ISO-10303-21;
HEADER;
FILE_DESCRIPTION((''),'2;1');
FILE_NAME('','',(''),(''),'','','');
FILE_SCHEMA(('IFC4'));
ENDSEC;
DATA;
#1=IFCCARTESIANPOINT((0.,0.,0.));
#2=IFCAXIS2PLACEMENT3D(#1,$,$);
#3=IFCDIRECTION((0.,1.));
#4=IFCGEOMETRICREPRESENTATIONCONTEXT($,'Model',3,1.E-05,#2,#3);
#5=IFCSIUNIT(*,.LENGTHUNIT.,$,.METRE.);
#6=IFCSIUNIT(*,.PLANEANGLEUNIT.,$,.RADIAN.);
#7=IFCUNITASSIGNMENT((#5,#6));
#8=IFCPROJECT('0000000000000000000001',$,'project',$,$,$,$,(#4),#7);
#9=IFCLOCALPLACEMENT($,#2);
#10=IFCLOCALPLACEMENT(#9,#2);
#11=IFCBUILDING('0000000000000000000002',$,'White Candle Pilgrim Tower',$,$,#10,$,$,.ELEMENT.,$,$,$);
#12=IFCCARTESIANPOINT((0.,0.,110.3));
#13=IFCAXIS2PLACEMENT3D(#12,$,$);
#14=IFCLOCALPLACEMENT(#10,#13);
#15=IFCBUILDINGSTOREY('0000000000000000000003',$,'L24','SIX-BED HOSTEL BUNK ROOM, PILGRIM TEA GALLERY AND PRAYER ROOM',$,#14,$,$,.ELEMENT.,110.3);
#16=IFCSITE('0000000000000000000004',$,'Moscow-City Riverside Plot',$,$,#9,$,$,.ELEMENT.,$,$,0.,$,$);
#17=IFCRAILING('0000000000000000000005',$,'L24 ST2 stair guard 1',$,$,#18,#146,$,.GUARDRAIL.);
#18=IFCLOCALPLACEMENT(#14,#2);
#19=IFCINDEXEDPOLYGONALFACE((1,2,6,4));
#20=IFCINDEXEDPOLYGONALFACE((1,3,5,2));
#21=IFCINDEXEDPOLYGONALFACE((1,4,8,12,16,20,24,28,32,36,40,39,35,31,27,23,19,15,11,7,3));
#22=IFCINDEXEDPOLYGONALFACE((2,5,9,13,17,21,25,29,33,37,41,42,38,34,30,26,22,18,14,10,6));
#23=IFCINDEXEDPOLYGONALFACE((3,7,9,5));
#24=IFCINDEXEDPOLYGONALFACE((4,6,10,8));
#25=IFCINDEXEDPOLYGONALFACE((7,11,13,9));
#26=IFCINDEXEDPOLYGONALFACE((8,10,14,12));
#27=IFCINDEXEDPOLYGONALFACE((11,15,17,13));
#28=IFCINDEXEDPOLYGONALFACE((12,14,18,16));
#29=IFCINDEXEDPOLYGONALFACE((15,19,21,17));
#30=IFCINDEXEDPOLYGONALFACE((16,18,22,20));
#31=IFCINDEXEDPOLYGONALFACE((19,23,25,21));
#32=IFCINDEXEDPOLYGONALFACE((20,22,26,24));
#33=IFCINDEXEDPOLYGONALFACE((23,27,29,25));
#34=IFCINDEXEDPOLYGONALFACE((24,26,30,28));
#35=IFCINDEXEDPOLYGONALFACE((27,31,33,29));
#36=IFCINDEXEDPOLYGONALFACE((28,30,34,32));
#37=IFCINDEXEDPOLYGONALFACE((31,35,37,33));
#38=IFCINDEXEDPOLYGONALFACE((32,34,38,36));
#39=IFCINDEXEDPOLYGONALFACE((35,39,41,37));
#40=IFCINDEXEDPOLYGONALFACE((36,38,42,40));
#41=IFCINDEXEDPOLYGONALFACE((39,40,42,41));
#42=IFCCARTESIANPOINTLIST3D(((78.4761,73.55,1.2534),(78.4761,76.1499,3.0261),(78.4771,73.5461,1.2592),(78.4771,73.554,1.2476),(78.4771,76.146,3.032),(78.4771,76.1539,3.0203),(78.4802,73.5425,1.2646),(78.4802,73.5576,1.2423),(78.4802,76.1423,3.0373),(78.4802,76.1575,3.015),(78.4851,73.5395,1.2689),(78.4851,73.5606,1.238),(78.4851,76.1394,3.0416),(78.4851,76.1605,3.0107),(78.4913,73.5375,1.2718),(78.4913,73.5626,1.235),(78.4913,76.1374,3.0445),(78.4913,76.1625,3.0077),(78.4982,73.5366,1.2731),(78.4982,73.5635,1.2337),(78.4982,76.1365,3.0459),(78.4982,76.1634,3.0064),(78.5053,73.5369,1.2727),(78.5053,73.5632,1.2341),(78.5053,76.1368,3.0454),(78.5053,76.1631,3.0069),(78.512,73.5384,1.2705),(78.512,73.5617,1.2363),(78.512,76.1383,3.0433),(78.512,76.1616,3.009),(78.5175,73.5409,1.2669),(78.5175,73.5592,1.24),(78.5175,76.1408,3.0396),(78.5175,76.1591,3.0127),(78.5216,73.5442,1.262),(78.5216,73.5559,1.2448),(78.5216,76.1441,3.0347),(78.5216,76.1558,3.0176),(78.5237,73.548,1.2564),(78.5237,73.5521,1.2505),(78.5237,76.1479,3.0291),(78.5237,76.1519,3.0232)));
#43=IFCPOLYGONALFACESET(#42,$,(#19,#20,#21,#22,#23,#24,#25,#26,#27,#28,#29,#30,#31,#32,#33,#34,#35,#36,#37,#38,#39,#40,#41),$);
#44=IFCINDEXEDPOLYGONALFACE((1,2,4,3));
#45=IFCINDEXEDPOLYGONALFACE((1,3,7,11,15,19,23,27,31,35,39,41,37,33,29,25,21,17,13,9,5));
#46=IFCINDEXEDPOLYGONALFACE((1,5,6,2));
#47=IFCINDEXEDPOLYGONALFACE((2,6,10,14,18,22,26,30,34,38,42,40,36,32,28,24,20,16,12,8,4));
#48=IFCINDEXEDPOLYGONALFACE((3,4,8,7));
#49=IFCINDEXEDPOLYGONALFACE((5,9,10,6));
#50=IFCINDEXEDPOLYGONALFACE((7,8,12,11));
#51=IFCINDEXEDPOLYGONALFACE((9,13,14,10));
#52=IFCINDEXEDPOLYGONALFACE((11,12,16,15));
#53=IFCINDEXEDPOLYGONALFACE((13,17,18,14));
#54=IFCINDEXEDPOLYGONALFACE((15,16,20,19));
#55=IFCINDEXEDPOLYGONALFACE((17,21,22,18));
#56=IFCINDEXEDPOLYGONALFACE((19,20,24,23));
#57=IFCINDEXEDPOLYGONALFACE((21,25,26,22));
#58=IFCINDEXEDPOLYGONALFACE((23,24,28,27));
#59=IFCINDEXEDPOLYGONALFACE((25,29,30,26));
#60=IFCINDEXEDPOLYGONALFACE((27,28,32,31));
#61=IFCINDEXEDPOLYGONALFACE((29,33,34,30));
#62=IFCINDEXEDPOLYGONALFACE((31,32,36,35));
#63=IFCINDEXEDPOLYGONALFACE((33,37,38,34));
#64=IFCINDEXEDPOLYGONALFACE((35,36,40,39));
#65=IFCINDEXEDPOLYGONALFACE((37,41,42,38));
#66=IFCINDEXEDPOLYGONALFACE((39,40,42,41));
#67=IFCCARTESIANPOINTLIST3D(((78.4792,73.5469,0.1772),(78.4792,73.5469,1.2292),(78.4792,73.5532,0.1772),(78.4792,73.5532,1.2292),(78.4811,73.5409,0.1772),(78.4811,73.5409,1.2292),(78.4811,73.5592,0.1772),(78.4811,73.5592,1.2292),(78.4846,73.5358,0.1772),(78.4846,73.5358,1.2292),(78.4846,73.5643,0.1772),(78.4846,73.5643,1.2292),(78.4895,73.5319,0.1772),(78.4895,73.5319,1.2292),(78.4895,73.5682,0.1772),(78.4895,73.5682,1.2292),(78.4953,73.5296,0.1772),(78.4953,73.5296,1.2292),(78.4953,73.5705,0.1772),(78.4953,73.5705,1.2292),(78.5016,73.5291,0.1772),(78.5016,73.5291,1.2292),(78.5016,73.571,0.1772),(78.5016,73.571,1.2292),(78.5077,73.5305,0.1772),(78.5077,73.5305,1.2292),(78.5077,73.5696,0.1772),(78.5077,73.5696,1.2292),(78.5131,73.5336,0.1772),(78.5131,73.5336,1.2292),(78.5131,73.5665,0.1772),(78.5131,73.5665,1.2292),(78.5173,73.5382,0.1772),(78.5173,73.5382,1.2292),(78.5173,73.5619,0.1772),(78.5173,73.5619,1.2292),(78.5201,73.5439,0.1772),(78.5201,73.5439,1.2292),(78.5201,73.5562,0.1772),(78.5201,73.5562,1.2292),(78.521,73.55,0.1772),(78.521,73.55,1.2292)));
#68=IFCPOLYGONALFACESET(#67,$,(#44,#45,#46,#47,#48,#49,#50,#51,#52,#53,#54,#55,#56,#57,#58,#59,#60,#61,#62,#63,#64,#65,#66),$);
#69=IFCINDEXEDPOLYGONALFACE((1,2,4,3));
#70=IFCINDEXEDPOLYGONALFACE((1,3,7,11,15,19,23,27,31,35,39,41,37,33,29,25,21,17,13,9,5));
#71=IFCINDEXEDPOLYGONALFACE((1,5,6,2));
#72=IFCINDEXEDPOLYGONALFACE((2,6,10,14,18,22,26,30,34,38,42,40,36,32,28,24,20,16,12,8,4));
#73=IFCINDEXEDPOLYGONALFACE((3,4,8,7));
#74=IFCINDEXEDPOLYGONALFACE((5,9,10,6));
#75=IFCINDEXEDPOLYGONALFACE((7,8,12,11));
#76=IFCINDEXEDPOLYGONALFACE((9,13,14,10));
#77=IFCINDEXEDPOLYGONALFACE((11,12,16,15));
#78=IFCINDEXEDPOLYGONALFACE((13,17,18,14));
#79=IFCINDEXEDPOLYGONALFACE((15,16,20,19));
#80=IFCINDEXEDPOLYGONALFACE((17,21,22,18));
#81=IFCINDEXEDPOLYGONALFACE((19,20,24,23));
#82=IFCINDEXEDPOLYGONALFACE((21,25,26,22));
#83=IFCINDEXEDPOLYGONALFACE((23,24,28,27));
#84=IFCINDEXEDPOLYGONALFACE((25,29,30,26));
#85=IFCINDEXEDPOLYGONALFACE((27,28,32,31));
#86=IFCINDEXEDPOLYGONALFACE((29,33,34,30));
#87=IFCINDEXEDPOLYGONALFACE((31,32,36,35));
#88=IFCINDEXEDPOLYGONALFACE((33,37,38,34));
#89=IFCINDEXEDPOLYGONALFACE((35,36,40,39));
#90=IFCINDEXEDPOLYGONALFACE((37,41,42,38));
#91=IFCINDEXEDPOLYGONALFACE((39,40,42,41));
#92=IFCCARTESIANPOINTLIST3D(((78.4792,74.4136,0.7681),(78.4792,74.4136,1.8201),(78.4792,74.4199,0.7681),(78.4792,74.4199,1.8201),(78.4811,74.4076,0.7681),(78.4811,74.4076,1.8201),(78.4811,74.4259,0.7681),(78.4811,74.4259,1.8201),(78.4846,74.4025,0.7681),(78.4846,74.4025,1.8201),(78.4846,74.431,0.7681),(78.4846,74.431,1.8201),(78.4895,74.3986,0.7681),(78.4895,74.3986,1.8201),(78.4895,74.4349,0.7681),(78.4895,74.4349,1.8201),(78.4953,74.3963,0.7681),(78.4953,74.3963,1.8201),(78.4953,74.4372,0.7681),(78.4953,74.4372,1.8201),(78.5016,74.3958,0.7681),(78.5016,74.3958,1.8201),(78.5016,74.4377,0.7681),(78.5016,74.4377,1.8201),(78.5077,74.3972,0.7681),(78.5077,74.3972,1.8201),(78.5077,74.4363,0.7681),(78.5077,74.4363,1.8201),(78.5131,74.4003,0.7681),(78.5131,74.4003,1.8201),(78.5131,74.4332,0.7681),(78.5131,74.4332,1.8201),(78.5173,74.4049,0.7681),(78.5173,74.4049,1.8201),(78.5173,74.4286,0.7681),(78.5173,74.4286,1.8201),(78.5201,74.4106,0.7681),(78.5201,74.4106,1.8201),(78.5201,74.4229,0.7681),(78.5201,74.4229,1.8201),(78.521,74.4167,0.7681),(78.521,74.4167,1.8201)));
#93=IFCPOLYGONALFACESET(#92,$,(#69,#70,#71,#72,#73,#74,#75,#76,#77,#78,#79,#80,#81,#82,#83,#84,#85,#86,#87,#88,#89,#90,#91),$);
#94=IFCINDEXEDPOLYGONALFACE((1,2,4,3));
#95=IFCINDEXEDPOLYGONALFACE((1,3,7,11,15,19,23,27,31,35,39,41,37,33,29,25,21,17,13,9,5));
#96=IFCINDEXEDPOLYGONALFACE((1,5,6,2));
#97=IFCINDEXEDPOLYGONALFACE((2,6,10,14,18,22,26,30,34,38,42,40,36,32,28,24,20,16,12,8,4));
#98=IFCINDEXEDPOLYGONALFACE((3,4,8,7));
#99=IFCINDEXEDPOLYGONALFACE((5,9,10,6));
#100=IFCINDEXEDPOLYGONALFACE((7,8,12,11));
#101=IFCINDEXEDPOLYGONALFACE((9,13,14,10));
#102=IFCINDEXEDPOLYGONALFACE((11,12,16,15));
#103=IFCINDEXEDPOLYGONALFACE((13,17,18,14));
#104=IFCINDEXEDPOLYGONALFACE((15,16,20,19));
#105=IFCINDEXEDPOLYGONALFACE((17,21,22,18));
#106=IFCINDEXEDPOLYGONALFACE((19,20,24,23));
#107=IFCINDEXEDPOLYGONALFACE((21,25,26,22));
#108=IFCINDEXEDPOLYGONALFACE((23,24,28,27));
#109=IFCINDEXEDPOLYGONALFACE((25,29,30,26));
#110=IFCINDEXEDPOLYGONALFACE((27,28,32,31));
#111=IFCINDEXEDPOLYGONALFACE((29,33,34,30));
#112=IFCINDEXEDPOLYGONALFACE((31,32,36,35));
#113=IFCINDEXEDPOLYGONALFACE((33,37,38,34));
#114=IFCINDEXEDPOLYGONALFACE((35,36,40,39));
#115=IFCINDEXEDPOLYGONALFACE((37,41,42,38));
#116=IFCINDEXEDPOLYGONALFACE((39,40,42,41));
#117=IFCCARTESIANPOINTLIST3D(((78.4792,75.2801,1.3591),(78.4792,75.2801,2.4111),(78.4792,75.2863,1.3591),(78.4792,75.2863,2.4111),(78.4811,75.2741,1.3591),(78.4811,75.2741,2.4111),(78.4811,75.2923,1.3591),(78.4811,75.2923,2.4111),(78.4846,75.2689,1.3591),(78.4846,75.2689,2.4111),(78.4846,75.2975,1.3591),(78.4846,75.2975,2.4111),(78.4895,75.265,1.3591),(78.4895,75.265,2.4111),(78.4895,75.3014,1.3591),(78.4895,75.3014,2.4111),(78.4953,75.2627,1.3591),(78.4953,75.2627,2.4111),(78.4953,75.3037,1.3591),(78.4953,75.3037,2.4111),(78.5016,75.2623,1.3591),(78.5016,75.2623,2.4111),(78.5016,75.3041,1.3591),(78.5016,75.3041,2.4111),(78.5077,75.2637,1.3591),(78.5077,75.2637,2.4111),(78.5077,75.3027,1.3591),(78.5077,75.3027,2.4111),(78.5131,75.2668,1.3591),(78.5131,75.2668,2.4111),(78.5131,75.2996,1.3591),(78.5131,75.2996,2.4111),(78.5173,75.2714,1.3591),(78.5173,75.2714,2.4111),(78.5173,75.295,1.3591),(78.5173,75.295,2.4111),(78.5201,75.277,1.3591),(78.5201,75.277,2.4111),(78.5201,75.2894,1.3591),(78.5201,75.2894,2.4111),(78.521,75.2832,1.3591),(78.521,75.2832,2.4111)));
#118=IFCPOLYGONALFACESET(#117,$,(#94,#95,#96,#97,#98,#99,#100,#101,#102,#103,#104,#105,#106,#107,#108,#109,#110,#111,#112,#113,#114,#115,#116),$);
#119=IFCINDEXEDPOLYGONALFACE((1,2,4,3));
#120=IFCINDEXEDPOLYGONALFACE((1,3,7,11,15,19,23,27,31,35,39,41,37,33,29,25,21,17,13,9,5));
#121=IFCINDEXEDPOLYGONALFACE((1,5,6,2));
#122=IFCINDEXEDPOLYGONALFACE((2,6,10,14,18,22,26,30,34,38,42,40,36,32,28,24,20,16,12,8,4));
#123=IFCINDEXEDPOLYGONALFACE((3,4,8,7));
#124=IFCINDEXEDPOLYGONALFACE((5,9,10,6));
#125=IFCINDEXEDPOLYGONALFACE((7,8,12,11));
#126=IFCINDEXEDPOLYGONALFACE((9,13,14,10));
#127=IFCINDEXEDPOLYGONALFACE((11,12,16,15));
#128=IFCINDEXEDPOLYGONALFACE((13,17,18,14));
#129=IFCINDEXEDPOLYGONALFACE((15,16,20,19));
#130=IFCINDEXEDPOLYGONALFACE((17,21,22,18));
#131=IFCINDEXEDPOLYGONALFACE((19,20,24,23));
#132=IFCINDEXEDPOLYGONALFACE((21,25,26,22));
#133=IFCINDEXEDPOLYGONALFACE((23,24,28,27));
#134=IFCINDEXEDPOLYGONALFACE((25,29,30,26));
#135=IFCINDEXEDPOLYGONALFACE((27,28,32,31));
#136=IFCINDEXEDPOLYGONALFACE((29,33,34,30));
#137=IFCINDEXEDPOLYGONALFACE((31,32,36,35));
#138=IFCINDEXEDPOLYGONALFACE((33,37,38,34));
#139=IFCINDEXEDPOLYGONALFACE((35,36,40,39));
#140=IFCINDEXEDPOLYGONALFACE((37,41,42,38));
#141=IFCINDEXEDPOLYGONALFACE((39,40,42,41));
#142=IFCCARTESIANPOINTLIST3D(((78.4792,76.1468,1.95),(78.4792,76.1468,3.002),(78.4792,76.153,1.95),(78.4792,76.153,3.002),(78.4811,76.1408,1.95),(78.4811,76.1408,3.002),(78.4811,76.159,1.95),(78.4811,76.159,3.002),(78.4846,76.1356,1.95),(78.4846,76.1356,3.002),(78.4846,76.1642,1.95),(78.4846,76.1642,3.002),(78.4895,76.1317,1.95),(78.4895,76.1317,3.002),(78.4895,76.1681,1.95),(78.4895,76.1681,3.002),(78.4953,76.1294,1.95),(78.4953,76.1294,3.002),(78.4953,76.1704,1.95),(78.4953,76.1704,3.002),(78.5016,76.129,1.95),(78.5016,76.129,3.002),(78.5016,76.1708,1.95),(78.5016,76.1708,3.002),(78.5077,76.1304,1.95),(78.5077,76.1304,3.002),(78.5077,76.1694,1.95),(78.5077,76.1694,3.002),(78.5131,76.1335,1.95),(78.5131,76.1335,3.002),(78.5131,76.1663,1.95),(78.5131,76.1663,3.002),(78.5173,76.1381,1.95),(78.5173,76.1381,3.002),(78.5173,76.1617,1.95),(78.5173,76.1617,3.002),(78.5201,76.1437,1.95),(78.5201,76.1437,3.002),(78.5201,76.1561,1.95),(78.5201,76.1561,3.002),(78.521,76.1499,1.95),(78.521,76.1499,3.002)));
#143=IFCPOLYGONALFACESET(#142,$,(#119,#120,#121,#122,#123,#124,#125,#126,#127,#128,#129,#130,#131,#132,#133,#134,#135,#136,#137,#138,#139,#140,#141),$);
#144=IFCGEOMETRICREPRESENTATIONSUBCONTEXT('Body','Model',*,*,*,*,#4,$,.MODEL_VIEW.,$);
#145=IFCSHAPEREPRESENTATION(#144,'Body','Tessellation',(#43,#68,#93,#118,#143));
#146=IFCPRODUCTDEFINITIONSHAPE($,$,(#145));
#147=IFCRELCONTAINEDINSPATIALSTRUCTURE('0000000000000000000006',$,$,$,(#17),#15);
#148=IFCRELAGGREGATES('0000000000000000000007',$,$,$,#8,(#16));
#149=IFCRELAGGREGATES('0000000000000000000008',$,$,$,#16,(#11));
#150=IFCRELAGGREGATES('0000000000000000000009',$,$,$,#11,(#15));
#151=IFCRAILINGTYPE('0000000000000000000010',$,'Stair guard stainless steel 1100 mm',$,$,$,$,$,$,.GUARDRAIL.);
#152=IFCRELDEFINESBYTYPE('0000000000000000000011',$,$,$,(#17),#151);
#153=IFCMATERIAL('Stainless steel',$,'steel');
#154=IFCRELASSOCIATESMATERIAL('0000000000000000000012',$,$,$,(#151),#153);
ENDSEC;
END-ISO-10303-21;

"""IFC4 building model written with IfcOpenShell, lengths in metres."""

from ifc_helpers import new_model, si_unit, direction, frame, origin, origin_2d, place, context, subcontext, project, spatial, circle, extrude, material, type_object, element, save


model = new_model("IFC4")

# Units and contexts
model_context = context("Model", 3, precision=1e-05, world=origin(), true_north=direction((0.0, 1.0)))
body_context = subcontext(model_context, "Body", "Model", "MODEL_VIEW")
ifc_project = project(units=[si_unit("LENGTHUNIT", "METRE"), si_unit("PLANEANGLEUNIT", "RADIAN")], contexts=[model_context])

# Site, building, storey
site_placement = place(None, origin())
site = spatial("IfcSite", under=ifc_project, at=site_placement, Name="Moscow-City Riverside Plot", CompositionType="ELEMENT", RefElevation=0.0)
building_placement = place(site_placement, origin())
building = spatial("IfcBuilding", under=site, at=building_placement, Name="White Candle Pilgrim Tower", CompositionType="ELEMENT")
storey_placement = place(building_placement, frame((0.0, 0.0, 110.3)))
storey = spatial("IfcBuildingStorey", under=building, at=storey_placement, Name="L24", Description="SIX-BED HOSTEL BUNK ROOM, PILGRIM TEA GALLERY AND PRAYER ROOM", CompositionType="ELEMENT", Elevation=110.3)

# Railing
ifc_material_1 = material(Name="Stainless steel", Category="steel")
railing_type_1 = type_object("IfcRailingType", Name="Stair guard stainless steel 1100 mm", PredefinedType="GUARDRAIL", material=ifc_material_1)
railing_1_placement = place(storey_placement, frame((78.5, 73.55, 0.1772)))
element("IfcRailing", 1, at=railing_1_placement, inside=storey, type_object=railing_type_1, Name="L24 ST2 stair guard 1", PredefinedType="GUARDRAIL", context=body_context, shape_type="SweptSolid", body=[
    extrude(circle(Radius=0.0239, at=origin_2d()), frame((0.0, 0.0, 1.0762), z_axis=(0.0, 0.826216, 0.563354), x_axis=(-1.0, 0.0, 0.0)), (0.0, 0.0, 1.0), 3.1467),
    extrude(circle(Radius=0.021, at=origin_2d()), origin(), (0.0, 0.0, 1.0), 1.052),
    extrude(circle(Radius=0.021, at=origin_2d()), frame((0.0, 0.8667, 0.5908)), (0.0, 0.0, 1.0), 1.052),
    extrude(circle(Radius=0.021, at=origin_2d()), frame((0.0, 1.7332, 1.1819)), (0.0, 0.0, 1.0), 1.052),
    extrude(circle(Radius=0.021, at=origin_2d()), frame((0.0, 2.5999, 1.7727)), (0.0, 0.0, 1.0), 1.052),
])

save(model, "model.ifc")
